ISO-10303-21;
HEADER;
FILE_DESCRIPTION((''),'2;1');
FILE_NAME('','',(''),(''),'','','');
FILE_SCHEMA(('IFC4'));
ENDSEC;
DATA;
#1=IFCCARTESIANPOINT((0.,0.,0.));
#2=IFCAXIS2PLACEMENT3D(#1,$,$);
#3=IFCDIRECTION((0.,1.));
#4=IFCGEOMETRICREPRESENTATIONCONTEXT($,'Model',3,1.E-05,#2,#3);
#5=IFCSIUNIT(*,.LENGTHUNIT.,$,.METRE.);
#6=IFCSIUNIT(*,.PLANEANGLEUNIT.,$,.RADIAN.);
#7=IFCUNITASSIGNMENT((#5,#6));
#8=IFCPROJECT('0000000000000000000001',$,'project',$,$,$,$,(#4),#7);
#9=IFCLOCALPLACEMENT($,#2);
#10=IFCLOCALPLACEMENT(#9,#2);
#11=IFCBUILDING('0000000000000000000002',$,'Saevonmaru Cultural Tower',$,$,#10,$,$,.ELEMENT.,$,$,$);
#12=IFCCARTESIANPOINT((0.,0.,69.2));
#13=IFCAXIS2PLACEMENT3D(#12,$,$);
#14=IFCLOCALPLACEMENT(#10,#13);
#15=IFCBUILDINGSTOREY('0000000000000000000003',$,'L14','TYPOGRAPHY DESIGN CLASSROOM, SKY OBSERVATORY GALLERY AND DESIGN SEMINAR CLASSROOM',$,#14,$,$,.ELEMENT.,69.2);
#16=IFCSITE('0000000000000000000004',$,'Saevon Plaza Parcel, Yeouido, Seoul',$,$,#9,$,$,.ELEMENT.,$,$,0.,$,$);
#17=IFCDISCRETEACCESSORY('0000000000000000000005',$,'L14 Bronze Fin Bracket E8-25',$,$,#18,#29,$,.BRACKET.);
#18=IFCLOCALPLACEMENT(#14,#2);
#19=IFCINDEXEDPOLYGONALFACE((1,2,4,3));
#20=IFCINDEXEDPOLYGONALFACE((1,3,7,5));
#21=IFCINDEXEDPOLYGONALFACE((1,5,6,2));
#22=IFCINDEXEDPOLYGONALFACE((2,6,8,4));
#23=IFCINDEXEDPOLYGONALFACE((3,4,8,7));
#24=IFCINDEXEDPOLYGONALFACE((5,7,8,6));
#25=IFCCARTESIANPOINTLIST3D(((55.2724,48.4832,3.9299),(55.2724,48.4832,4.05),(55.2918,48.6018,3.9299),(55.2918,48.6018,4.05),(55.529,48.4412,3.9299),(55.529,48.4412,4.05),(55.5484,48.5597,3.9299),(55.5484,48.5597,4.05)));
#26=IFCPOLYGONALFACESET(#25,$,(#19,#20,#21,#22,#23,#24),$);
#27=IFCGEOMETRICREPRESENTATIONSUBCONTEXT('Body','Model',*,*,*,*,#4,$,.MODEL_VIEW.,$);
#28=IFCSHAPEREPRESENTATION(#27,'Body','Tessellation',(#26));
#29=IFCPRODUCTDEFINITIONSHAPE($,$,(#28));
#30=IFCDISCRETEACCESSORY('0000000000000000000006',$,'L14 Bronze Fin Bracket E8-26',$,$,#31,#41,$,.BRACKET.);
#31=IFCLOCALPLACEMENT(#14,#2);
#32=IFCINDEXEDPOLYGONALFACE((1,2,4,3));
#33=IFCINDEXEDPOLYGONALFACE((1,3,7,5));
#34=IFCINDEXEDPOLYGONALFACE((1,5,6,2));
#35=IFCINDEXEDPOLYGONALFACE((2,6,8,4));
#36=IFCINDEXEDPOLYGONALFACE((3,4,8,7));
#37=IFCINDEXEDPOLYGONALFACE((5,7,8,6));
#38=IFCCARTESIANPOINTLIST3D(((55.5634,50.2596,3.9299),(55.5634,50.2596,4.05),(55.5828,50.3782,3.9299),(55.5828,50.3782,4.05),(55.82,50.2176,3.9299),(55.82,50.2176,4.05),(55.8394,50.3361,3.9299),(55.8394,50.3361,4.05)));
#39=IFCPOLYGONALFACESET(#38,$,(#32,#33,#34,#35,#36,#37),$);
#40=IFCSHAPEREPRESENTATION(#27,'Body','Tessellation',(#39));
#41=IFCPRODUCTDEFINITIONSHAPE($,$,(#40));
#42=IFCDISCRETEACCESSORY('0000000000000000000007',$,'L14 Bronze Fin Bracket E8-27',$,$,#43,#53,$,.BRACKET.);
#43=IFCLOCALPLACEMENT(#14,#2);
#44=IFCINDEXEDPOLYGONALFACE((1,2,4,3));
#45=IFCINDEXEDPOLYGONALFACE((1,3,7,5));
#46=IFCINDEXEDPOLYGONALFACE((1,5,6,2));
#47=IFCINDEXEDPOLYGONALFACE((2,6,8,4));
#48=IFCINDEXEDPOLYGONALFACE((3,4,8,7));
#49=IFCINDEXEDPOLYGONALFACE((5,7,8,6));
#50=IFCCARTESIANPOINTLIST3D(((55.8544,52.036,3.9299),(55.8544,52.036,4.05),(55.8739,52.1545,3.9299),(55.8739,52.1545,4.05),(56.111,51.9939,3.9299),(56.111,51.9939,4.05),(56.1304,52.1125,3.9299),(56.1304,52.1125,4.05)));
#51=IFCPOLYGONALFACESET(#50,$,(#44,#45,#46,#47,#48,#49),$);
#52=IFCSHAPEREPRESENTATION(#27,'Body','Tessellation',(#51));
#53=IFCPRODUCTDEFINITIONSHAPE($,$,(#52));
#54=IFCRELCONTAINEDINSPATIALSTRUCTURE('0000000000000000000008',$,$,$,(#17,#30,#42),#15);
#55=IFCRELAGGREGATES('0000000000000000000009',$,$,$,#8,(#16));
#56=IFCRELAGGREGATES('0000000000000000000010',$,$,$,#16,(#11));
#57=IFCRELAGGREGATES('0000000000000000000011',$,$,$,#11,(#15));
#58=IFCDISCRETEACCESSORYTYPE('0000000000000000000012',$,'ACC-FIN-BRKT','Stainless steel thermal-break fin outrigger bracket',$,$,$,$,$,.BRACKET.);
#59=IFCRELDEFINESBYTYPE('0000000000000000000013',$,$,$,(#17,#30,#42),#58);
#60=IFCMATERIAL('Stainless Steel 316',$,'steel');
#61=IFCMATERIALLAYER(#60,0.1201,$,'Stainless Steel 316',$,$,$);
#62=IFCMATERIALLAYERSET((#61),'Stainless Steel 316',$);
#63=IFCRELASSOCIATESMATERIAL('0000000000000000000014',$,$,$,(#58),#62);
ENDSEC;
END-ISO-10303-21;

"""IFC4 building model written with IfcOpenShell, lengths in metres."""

from ifc_helpers import new_model, si_unit, direction, frame, origin, origin_2d, place, context, subcontext, project, spatial, rectangle, extrude, material, layer, layer_set, type_object, element, save


model = new_model("IFC4")

# Units and contexts
model_context = context("Model", 3, precision=1e-05, world=origin(), true_north=direction((0.0, 1.0)))
body_context = subcontext(model_context, "Body", "Model", "MODEL_VIEW")
ifc_project = project(units=[si_unit("LENGTHUNIT", "METRE"), si_unit("PLANEANGLEUNIT", "RADIAN")], contexts=[model_context])

# Site, building, storey
site_placement = place(None, origin())
site = spatial("IfcSite", under=ifc_project, at=site_placement, Name="Saevon Plaza Parcel, Yeouido, Seoul", CompositionType="ELEMENT", RefElevation=0.0)
building_placement = place(site_placement, origin())
building = spatial("IfcBuilding", under=site, at=building_placement, Name="Saevonmaru Cultural Tower", CompositionType="ELEMENT")
storey_placement = place(building_placement, frame((0.0, 0.0, 69.2)))
storey = spatial("IfcBuildingStorey", under=building, at=storey_placement, Name="L14", Description="TYPOGRAPHY DESIGN CLASSROOM, SKY OBSERVATORY GALLERY AND DESIGN SEMINAR CLASSROOM", CompositionType="ELEMENT", Elevation=69.2)

# Discrete accessories
ifc_material_1 = material(Name="Stainless Steel 316", Category="steel")
ifc_layer_1 = layer(ifc_material_1, 0.1201, Name="Stainless Steel 316")
ifc_layer_set_1 = layer_set([ifc_layer_1], Name="Stainless Steel 316")
discrete_accessory_type = type_object("IfcDiscreteAccessoryType", Name="ACC-FIN-BRKT", Description="Stainless steel thermal-break fin outrigger bracket", PredefinedType="BRACKET", material=ifc_layer_set_1)
for number, where, z_axis, x_axis, name in (
    (1, (55.4104, 48.5215, 3.9299), (0.0, 0.0, 1.0), (0.986827, -0.161776, 0.0), "L14 Bronze Fin Bracket E8-25"),
    (2, (55.7014, 50.2979, 3.9299), (0.0, 0.0, 1.0), (0.986827, -0.161776, 0.0), "L14 Bronze Fin Bracket E8-26"),
    (3, (55.9924, 52.0742, 3.9299), (0.0, 0.0, 1.0), (0.986827, -0.161776, 0.0), "L14 Bronze Fin Bracket E8-27"),
):
    element("IfcDiscreteAccessory", number, at=place(storey_placement, frame(where, z_axis=z_axis, x_axis=x_axis)), inside=storey, type_object=discrete_accessory_type, Name=name, PredefinedType="BRACKET", context=body_context, shape_type="SweptSolid", body=[
        extrude(rectangle(XDim=0.26, YDim=0.1201, at=origin_2d()), origin(), (0.0, 0.0, 1.0), 0.1201),
    ])

save(model, "model.ifc")
